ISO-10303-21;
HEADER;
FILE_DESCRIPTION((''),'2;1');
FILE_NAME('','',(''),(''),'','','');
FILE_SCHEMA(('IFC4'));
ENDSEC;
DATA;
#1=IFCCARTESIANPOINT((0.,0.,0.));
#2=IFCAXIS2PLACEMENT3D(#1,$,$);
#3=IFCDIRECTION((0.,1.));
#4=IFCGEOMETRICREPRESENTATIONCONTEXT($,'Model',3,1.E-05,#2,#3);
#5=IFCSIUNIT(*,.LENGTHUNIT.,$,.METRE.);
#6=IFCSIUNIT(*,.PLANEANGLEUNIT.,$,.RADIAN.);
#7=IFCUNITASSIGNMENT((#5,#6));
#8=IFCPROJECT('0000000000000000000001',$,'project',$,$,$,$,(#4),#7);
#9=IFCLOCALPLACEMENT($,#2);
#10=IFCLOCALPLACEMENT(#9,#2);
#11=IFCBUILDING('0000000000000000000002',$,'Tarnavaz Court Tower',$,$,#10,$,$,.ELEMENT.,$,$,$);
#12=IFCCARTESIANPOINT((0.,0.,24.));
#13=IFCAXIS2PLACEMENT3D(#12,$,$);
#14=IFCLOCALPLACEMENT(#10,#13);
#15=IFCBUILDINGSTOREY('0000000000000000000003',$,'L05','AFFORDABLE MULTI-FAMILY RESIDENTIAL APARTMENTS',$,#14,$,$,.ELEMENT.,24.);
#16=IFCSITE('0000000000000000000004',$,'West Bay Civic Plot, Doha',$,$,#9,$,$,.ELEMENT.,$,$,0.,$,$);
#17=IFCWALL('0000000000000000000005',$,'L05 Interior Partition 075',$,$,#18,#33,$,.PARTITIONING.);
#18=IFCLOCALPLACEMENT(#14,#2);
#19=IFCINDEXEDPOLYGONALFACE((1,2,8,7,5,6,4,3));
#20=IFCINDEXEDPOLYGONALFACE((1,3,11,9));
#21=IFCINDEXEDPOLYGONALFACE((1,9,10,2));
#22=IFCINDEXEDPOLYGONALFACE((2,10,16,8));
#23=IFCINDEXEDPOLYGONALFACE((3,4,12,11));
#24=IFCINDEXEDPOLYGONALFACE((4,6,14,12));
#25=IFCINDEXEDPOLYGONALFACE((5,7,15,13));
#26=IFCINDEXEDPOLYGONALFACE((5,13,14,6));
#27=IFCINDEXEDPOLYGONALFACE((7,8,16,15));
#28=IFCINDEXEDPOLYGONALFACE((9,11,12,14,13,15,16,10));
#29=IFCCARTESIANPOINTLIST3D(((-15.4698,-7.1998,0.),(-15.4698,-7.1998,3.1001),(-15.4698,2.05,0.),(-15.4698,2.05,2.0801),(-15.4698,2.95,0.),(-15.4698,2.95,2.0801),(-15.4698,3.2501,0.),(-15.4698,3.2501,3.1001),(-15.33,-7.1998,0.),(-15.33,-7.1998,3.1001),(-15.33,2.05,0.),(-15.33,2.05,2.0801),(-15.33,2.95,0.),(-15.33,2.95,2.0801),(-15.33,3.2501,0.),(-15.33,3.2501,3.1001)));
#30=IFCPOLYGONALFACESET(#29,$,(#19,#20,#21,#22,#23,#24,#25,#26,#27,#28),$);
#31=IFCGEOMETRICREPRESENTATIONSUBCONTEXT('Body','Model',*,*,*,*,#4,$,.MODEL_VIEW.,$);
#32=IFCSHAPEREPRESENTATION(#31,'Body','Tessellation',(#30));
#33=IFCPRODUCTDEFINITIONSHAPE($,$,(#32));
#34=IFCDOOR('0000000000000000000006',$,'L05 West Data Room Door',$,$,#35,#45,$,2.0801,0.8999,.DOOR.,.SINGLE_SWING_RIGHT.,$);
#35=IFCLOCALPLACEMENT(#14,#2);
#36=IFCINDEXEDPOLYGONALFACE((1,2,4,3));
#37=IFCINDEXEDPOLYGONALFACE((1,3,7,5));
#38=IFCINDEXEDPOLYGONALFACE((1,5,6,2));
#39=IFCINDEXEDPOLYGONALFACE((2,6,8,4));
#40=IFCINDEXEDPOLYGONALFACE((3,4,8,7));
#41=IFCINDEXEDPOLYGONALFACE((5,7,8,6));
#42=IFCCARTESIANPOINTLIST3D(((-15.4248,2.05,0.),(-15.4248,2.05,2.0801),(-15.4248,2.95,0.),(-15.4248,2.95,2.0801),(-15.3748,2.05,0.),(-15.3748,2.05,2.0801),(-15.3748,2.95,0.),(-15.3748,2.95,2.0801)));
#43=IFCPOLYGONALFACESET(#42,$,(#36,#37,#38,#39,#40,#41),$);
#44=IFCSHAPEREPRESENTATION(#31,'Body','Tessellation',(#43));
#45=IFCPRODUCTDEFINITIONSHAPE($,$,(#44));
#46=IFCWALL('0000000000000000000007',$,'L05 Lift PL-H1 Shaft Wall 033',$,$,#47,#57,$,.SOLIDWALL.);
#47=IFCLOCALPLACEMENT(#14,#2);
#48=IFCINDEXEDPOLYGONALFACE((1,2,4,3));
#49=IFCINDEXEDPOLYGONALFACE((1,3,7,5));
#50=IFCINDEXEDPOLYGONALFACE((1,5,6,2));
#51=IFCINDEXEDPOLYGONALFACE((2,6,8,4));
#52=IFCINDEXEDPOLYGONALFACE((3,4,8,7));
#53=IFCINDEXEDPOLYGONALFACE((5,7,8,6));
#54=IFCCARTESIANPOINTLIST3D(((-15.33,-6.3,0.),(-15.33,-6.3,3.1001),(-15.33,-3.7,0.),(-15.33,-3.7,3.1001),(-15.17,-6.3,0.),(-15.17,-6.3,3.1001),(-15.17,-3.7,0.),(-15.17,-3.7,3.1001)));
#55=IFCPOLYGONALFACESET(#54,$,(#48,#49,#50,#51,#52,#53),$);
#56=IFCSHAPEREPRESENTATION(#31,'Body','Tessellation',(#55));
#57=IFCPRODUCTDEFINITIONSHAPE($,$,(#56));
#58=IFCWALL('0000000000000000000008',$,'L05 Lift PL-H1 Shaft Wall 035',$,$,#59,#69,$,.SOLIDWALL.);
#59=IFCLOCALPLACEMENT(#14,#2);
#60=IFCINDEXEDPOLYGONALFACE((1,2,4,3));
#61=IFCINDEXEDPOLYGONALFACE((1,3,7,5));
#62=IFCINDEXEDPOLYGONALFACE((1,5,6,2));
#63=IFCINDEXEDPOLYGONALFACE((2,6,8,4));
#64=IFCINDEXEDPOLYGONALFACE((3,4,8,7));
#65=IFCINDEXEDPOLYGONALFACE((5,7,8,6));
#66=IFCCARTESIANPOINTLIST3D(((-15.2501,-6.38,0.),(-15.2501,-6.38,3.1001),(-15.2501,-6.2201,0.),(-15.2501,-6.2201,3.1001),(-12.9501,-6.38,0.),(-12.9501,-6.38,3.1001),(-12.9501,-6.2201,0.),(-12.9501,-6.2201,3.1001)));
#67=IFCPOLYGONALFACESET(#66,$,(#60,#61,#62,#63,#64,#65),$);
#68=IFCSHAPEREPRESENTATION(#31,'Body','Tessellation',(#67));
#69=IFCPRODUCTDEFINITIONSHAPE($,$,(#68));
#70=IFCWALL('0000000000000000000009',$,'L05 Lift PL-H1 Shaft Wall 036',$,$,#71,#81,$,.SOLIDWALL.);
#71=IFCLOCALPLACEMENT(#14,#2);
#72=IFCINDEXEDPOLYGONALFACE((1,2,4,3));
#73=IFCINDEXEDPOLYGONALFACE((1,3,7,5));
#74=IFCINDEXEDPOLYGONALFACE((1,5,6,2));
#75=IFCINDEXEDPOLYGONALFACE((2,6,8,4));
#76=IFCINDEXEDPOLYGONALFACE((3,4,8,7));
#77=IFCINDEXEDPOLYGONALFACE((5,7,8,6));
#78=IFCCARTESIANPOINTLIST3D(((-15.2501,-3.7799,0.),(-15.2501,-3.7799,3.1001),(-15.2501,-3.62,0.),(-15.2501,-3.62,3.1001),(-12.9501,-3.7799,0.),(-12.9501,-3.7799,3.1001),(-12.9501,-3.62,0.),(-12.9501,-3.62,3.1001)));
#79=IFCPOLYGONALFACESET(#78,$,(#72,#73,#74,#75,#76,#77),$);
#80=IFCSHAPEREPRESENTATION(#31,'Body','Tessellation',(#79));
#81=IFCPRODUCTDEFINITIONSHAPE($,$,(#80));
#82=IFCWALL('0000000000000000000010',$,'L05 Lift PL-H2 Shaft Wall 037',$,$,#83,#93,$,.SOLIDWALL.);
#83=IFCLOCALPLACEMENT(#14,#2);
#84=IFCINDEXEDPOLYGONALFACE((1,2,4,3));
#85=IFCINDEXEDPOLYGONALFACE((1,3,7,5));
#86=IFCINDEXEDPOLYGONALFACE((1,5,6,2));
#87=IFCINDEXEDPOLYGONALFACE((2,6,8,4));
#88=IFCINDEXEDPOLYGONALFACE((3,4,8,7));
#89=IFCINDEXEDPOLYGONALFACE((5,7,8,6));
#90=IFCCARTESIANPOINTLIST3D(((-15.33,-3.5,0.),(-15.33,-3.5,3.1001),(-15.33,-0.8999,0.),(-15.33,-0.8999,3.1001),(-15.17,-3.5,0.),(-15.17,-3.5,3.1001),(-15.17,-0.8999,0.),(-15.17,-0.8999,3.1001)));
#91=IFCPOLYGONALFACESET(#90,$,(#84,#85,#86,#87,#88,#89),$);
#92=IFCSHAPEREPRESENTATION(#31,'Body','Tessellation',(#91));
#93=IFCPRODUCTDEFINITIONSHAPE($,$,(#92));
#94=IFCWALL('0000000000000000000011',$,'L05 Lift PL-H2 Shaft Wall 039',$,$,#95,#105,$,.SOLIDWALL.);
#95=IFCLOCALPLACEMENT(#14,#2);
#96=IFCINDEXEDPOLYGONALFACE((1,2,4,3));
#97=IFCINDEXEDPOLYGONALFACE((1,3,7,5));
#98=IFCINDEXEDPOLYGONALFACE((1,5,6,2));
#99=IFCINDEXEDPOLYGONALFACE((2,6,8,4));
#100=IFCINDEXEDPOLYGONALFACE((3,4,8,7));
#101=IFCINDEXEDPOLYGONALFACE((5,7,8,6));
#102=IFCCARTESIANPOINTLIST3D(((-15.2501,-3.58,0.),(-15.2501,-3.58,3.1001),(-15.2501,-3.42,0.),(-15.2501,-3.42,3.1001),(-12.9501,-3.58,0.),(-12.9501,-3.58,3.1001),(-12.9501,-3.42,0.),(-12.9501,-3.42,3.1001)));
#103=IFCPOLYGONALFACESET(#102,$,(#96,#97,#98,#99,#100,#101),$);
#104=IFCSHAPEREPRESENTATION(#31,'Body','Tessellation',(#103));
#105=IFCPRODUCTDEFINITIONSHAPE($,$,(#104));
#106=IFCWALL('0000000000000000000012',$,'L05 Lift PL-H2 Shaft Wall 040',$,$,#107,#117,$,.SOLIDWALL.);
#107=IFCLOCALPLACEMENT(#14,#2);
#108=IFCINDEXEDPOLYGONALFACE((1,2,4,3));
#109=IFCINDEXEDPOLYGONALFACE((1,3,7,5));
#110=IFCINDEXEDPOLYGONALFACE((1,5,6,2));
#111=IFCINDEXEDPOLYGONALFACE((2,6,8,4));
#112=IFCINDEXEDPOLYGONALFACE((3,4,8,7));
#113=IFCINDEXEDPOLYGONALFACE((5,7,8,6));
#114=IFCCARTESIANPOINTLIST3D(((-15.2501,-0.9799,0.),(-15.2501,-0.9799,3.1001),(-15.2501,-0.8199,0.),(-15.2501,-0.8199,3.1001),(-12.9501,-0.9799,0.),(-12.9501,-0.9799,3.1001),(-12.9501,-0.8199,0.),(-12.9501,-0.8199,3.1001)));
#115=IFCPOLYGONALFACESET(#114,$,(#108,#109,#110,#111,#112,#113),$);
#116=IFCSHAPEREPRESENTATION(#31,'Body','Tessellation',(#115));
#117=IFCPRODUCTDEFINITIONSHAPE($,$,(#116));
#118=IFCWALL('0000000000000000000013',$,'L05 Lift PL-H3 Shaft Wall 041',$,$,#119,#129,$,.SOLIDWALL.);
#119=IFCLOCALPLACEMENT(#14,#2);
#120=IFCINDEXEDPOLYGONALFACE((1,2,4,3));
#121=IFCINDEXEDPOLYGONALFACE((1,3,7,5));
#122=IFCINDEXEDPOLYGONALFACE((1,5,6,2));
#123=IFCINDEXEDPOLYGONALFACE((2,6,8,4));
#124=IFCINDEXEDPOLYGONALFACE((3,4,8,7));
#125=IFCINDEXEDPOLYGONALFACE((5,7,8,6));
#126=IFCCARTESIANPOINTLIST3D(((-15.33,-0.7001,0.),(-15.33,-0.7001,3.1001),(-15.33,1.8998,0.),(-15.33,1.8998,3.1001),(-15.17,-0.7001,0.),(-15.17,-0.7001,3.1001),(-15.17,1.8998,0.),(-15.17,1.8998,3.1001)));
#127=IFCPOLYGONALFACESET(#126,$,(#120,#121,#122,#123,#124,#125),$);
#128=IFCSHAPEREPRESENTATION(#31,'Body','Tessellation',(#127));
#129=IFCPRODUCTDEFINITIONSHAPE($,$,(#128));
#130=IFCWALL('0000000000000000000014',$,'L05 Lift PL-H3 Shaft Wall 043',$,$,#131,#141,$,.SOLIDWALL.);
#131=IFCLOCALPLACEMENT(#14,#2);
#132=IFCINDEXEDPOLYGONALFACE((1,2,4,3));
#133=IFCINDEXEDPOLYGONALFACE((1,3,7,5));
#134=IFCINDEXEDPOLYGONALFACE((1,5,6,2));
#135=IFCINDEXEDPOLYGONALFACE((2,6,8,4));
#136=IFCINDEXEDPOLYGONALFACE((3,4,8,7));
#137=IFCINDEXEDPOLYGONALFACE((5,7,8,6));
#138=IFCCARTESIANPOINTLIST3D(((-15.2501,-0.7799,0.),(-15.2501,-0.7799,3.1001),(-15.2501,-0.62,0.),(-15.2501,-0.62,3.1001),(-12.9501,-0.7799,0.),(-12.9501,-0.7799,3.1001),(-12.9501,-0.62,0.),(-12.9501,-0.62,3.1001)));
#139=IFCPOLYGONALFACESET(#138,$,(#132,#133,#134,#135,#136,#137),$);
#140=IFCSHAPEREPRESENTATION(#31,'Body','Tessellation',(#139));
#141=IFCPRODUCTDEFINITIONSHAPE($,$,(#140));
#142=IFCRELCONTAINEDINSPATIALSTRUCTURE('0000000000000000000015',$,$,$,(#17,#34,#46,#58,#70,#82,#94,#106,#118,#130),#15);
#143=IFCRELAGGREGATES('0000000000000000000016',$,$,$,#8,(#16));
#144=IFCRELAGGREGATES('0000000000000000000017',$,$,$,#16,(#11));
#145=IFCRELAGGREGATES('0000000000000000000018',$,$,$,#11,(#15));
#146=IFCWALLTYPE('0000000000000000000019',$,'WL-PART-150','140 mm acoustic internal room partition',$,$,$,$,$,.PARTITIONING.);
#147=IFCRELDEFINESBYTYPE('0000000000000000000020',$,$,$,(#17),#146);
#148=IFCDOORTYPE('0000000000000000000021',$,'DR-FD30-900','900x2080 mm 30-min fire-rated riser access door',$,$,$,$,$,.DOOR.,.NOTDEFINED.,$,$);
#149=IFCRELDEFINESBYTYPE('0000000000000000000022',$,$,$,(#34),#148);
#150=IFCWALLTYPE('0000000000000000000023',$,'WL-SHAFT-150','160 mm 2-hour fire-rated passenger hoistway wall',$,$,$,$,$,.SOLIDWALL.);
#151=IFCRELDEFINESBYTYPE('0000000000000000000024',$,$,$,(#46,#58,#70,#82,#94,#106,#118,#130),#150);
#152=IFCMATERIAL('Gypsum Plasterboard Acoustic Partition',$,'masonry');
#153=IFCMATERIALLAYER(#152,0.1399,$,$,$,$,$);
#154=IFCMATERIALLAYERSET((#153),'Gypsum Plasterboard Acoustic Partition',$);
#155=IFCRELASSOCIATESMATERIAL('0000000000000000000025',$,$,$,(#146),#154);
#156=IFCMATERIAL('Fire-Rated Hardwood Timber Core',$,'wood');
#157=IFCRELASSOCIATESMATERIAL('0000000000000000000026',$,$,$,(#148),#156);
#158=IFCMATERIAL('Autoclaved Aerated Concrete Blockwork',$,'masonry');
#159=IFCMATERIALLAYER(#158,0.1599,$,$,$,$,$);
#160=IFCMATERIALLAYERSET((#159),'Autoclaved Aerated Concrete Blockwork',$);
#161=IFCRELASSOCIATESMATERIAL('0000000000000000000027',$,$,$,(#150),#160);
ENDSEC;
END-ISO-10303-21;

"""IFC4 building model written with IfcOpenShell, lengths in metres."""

from ifc_helpers import new_model, si_unit, direction, frame, frame_2d, origin, place, context, subcontext, project, spatial, rectangle, extrude, material, layer, layer_set, type_object, element, fill, save


model = new_model("IFC4")

# Units and contexts
model_context = context("Model", 3, precision=1e-05, world=origin(), true_north=direction((0.0, 1.0)))
body_context = subcontext(model_context, "Body", "Model", "MODEL_VIEW")
ifc_project = project(units=[si_unit("LENGTHUNIT", "METRE"), si_unit("PLANEANGLEUNIT", "RADIAN")], contexts=[model_context])

# Site, building, storey
site_placement = place(None, origin())
site = spatial("IfcSite", under=ifc_project, at=site_placement, Name="West Bay Civic Plot, Doha", CompositionType="ELEMENT", RefElevation=0.0)
building_placement = place(site_placement, origin())
building = spatial("IfcBuilding", under=site, at=building_placement, Name="Tarnavaz Court Tower", CompositionType="ELEMENT")
storey_placement = place(building_placement, frame((0.0, 0.0, 24.0)))
storey = spatial("IfcBuildingStorey", under=building, at=storey_placement, Name="L05", Description="AFFORDABLE MULTI-FAMILY RESIDENTIAL APARTMENTS", CompositionType="ELEMENT", Elevation=24.0)

# Shared definitions
ifc_material_1 = material(Name="Fire-Rated Hardwood Timber Core", Category="wood")

# Wall, opening, door
ifc_material_2 = material(Name="Gypsum Plasterboard Acoustic Partition", Category="masonry")
ifc_layer_1 = layer(ifc_material_2, 0.1399)
ifc_layer_set_1 = layer_set([ifc_layer_1], Name="Gypsum Plasterboard Acoustic Partition")
wall_type_1 = type_object("IfcWallType", Name="WL-PART-150", Description="140 mm acoustic internal room partition", PredefinedType="PARTITIONING", material=ifc_layer_set_1)
wall_1_placement = place(storey_placement, frame((-15.3999, -7.2, 0.0), z_axis=(0.0, 0.0, 1.0), x_axis=(0.0, 1.0, 0.0)))
wall_1 = element("IfcWall", 1, at=wall_1_placement, inside=storey, type_object=wall_type_1, Name="L05 Interior Partition 075", PredefinedType="PARTITIONING", context=body_context, shape_type="SweptSolid", body=[
    extrude(rectangle(XDim=10.45, YDim=0.1399, at=frame_2d((5.2251, 0.0))), origin(), (0.0, 0.0, 1.0), 3.1001),
])
opening_1_placement = place(wall_1_placement, frame((9.25, 0.0, 0.0)))
opening_1 = element("IfcOpeningElement", 2, at=opening_1_placement, cuts=wall_1, PredefinedType="OPENING", context=body_context, shape_type="SweptSolid", body=[
    extrude(rectangle(XDim=0.8999, YDim=2.0801, at=frame_2d((0.45, 1.04))), frame((0.0, 0.0798, 0.0), z_axis=(0.0, -1.0, 0.0), x_axis=(1.0, 0.0, 0.0)), (0.0, 0.0, 1.0), 0.1599),
])
door_type_1 = type_object("IfcDoorType", Name="DR-FD30-900", Description="900x2080 mm 30-min fire-rated riser access door", OperationType="NOTDEFINED", PredefinedType="DOOR", material=ifc_material_1)
door_1_placement = place(opening_1_placement, origin())
door_1 = element("IfcDoor", 3, at=door_1_placement, inside=storey, type_object=door_type_1, Name="L05 West Data Room Door", OperationType="SINGLE_SWING_RIGHT", OverallHeight=2.0801, OverallWidth=0.8999, PredefinedType="DOOR", context=body_context, shape_type="SweptSolid", body=[
    extrude(rectangle(XDim=0.8999, YDim=2.0801, at=frame_2d((0.45, 1.04))), frame((0.0, 0.0249, 0.0), z_axis=(0.0, -1.0, 0.0), x_axis=(1.0, 0.0, 0.0)), (0.0, 0.0, 1.0), 0.05),
])
fill(opening_1, door_1)

# Walls
ifc_material_3 = material(Name="Autoclaved Aerated Concrete Blockwork", Category="masonry")
ifc_layer_2 = layer(ifc_material_3, 0.1599)
ifc_layer_set_2 = layer_set([ifc_layer_2], Name="Autoclaved Aerated Concrete Blockwork")
wall_type_2 = type_object("IfcWallType", Name="WL-SHAFT-150", Description="160 mm 2-hour fire-rated passenger hoistway wall", PredefinedType="SOLIDWALL", material=ifc_layer_set_2)
wall_2_placement = place(storey_placement, frame((-15.25, -6.3, 0.0), z_axis=(0.0, 0.0, 1.0), x_axis=(0.0, 1.0, 0.0)))
element("IfcWall", 4, at=wall_2_placement, inside=storey, type_object=wall_type_2, Name="L05 Lift PL-H1 Shaft Wall 033", PredefinedType="SOLIDWALL", context=body_context, shape_type="SweptSolid", body=[
    extrude(rectangle(XDim=2.6001, YDim=0.1599, at=frame_2d((1.3, 0.0))), origin(), (0.0, 0.0, 1.0), 3.1001),
])
for number, where, z_axis, x_axis, name in (
    (5, (-15.25, -6.3, 0.0), (0.0, 0.0, 1.0), (1.0, 0.0, 0.0), "L05 Lift PL-H1 Shaft Wall 035"),
    (6, (-15.25, -3.7, 0.0), (0.0, 0.0, 1.0), (1.0, 0.0, 0.0), "L05 Lift PL-H1 Shaft Wall 036"),
):
    element("IfcWall", number, at=place(storey_placement, frame(where, z_axis=z_axis, x_axis=x_axis)), inside=storey, type_object=wall_type_2, Name=name, PredefinedType="SOLIDWALL", context=body_context, shape_type="SweptSolid", body=[
        extrude(rectangle(XDim=2.3, YDim=0.1599, at=frame_2d((1.1499, 0.0))), origin(), (0.0, 0.0, 1.0), 3.1001),
    ])
wall_3_placement = place(storey_placement, frame((-15.25, -3.5, 0.0), z_axis=(0.0, 0.0, 1.0), x_axis=(0.0, 1.0, 0.0)))
element("IfcWall", 7, at=wall_3_placement, inside=storey, type_object=wall_type_2, Name="L05 Lift PL-H2 Shaft Wall 037", PredefinedType="SOLIDWALL", context=body_context, shape_type="SweptSolid", body=[
    extrude(rectangle(XDim=2.6001, YDim=0.1599, at=frame_2d((1.3, 0.0))), origin(), (0.0, 0.0, 1.0), 3.1001),
])
for number, where, z_axis, x_axis, name in (
    (8, (-15.25, -3.5, 0.0), (0.0, 0.0, 1.0), (1.0, 0.0, 0.0), "L05 Lift PL-H2 Shaft Wall 039"),
    (9, (-15.25, -0.8999, 0.0), (0.0, 0.0, 1.0), (1.0, 0.0, 0.0), "L05 Lift PL-H2 Shaft Wall 040"),
):
    element("IfcWall", number, at=place(storey_placement, frame(where, z_axis=z_axis, x_axis=x_axis)), inside=storey, type_object=wall_type_2, Name=name, PredefinedType="SOLIDWALL", context=body_context, shape_type="SweptSolid", body=[
        extrude(rectangle(XDim=2.3, YDim=0.1599, at=frame_2d((1.1499, 0.0))), origin(), (0.0, 0.0, 1.0), 3.1001),
    ])
wall_4_placement = place(storey_placement, frame((-15.25, -0.7, 0.0), z_axis=(0.0, 0.0, 1.0), x_axis=(0.0, 1.0, 0.0)))
element("IfcWall", 10, at=wall_4_placement, inside=storey, type_object=wall_type_2, Name="L05 Lift PL-H3 Shaft Wall 041", PredefinedType="SOLIDWALL", context=body_context, shape_type="SweptSolid", body=[
    extrude(rectangle(XDim=2.5999, YDim=0.1599, at=frame_2d((1.2998, 0.0))), origin(), (0.0, 0.0, 1.0), 3.1001),
])
wall_5_placement = place(storey_placement, frame((-15.25, -0.7, 0.0), z_axis=(0.0, 0.0, 1.0), x_axis=(1.0, 0.0, 0.0)))
element("IfcWall", 11, at=wall_5_placement, inside=storey, type_object=wall_type_2, Name="L05 Lift PL-H3 Shaft Wall 043", PredefinedType="SOLIDWALL", context=body_context, shape_type="SweptSolid", body=[
    extrude(rectangle(XDim=2.3, YDim=0.1599, at=frame_2d((1.1499, 0.0))), origin(), (0.0, 0.0, 1.0), 3.1001),
])

save(model, "model.ifc")
